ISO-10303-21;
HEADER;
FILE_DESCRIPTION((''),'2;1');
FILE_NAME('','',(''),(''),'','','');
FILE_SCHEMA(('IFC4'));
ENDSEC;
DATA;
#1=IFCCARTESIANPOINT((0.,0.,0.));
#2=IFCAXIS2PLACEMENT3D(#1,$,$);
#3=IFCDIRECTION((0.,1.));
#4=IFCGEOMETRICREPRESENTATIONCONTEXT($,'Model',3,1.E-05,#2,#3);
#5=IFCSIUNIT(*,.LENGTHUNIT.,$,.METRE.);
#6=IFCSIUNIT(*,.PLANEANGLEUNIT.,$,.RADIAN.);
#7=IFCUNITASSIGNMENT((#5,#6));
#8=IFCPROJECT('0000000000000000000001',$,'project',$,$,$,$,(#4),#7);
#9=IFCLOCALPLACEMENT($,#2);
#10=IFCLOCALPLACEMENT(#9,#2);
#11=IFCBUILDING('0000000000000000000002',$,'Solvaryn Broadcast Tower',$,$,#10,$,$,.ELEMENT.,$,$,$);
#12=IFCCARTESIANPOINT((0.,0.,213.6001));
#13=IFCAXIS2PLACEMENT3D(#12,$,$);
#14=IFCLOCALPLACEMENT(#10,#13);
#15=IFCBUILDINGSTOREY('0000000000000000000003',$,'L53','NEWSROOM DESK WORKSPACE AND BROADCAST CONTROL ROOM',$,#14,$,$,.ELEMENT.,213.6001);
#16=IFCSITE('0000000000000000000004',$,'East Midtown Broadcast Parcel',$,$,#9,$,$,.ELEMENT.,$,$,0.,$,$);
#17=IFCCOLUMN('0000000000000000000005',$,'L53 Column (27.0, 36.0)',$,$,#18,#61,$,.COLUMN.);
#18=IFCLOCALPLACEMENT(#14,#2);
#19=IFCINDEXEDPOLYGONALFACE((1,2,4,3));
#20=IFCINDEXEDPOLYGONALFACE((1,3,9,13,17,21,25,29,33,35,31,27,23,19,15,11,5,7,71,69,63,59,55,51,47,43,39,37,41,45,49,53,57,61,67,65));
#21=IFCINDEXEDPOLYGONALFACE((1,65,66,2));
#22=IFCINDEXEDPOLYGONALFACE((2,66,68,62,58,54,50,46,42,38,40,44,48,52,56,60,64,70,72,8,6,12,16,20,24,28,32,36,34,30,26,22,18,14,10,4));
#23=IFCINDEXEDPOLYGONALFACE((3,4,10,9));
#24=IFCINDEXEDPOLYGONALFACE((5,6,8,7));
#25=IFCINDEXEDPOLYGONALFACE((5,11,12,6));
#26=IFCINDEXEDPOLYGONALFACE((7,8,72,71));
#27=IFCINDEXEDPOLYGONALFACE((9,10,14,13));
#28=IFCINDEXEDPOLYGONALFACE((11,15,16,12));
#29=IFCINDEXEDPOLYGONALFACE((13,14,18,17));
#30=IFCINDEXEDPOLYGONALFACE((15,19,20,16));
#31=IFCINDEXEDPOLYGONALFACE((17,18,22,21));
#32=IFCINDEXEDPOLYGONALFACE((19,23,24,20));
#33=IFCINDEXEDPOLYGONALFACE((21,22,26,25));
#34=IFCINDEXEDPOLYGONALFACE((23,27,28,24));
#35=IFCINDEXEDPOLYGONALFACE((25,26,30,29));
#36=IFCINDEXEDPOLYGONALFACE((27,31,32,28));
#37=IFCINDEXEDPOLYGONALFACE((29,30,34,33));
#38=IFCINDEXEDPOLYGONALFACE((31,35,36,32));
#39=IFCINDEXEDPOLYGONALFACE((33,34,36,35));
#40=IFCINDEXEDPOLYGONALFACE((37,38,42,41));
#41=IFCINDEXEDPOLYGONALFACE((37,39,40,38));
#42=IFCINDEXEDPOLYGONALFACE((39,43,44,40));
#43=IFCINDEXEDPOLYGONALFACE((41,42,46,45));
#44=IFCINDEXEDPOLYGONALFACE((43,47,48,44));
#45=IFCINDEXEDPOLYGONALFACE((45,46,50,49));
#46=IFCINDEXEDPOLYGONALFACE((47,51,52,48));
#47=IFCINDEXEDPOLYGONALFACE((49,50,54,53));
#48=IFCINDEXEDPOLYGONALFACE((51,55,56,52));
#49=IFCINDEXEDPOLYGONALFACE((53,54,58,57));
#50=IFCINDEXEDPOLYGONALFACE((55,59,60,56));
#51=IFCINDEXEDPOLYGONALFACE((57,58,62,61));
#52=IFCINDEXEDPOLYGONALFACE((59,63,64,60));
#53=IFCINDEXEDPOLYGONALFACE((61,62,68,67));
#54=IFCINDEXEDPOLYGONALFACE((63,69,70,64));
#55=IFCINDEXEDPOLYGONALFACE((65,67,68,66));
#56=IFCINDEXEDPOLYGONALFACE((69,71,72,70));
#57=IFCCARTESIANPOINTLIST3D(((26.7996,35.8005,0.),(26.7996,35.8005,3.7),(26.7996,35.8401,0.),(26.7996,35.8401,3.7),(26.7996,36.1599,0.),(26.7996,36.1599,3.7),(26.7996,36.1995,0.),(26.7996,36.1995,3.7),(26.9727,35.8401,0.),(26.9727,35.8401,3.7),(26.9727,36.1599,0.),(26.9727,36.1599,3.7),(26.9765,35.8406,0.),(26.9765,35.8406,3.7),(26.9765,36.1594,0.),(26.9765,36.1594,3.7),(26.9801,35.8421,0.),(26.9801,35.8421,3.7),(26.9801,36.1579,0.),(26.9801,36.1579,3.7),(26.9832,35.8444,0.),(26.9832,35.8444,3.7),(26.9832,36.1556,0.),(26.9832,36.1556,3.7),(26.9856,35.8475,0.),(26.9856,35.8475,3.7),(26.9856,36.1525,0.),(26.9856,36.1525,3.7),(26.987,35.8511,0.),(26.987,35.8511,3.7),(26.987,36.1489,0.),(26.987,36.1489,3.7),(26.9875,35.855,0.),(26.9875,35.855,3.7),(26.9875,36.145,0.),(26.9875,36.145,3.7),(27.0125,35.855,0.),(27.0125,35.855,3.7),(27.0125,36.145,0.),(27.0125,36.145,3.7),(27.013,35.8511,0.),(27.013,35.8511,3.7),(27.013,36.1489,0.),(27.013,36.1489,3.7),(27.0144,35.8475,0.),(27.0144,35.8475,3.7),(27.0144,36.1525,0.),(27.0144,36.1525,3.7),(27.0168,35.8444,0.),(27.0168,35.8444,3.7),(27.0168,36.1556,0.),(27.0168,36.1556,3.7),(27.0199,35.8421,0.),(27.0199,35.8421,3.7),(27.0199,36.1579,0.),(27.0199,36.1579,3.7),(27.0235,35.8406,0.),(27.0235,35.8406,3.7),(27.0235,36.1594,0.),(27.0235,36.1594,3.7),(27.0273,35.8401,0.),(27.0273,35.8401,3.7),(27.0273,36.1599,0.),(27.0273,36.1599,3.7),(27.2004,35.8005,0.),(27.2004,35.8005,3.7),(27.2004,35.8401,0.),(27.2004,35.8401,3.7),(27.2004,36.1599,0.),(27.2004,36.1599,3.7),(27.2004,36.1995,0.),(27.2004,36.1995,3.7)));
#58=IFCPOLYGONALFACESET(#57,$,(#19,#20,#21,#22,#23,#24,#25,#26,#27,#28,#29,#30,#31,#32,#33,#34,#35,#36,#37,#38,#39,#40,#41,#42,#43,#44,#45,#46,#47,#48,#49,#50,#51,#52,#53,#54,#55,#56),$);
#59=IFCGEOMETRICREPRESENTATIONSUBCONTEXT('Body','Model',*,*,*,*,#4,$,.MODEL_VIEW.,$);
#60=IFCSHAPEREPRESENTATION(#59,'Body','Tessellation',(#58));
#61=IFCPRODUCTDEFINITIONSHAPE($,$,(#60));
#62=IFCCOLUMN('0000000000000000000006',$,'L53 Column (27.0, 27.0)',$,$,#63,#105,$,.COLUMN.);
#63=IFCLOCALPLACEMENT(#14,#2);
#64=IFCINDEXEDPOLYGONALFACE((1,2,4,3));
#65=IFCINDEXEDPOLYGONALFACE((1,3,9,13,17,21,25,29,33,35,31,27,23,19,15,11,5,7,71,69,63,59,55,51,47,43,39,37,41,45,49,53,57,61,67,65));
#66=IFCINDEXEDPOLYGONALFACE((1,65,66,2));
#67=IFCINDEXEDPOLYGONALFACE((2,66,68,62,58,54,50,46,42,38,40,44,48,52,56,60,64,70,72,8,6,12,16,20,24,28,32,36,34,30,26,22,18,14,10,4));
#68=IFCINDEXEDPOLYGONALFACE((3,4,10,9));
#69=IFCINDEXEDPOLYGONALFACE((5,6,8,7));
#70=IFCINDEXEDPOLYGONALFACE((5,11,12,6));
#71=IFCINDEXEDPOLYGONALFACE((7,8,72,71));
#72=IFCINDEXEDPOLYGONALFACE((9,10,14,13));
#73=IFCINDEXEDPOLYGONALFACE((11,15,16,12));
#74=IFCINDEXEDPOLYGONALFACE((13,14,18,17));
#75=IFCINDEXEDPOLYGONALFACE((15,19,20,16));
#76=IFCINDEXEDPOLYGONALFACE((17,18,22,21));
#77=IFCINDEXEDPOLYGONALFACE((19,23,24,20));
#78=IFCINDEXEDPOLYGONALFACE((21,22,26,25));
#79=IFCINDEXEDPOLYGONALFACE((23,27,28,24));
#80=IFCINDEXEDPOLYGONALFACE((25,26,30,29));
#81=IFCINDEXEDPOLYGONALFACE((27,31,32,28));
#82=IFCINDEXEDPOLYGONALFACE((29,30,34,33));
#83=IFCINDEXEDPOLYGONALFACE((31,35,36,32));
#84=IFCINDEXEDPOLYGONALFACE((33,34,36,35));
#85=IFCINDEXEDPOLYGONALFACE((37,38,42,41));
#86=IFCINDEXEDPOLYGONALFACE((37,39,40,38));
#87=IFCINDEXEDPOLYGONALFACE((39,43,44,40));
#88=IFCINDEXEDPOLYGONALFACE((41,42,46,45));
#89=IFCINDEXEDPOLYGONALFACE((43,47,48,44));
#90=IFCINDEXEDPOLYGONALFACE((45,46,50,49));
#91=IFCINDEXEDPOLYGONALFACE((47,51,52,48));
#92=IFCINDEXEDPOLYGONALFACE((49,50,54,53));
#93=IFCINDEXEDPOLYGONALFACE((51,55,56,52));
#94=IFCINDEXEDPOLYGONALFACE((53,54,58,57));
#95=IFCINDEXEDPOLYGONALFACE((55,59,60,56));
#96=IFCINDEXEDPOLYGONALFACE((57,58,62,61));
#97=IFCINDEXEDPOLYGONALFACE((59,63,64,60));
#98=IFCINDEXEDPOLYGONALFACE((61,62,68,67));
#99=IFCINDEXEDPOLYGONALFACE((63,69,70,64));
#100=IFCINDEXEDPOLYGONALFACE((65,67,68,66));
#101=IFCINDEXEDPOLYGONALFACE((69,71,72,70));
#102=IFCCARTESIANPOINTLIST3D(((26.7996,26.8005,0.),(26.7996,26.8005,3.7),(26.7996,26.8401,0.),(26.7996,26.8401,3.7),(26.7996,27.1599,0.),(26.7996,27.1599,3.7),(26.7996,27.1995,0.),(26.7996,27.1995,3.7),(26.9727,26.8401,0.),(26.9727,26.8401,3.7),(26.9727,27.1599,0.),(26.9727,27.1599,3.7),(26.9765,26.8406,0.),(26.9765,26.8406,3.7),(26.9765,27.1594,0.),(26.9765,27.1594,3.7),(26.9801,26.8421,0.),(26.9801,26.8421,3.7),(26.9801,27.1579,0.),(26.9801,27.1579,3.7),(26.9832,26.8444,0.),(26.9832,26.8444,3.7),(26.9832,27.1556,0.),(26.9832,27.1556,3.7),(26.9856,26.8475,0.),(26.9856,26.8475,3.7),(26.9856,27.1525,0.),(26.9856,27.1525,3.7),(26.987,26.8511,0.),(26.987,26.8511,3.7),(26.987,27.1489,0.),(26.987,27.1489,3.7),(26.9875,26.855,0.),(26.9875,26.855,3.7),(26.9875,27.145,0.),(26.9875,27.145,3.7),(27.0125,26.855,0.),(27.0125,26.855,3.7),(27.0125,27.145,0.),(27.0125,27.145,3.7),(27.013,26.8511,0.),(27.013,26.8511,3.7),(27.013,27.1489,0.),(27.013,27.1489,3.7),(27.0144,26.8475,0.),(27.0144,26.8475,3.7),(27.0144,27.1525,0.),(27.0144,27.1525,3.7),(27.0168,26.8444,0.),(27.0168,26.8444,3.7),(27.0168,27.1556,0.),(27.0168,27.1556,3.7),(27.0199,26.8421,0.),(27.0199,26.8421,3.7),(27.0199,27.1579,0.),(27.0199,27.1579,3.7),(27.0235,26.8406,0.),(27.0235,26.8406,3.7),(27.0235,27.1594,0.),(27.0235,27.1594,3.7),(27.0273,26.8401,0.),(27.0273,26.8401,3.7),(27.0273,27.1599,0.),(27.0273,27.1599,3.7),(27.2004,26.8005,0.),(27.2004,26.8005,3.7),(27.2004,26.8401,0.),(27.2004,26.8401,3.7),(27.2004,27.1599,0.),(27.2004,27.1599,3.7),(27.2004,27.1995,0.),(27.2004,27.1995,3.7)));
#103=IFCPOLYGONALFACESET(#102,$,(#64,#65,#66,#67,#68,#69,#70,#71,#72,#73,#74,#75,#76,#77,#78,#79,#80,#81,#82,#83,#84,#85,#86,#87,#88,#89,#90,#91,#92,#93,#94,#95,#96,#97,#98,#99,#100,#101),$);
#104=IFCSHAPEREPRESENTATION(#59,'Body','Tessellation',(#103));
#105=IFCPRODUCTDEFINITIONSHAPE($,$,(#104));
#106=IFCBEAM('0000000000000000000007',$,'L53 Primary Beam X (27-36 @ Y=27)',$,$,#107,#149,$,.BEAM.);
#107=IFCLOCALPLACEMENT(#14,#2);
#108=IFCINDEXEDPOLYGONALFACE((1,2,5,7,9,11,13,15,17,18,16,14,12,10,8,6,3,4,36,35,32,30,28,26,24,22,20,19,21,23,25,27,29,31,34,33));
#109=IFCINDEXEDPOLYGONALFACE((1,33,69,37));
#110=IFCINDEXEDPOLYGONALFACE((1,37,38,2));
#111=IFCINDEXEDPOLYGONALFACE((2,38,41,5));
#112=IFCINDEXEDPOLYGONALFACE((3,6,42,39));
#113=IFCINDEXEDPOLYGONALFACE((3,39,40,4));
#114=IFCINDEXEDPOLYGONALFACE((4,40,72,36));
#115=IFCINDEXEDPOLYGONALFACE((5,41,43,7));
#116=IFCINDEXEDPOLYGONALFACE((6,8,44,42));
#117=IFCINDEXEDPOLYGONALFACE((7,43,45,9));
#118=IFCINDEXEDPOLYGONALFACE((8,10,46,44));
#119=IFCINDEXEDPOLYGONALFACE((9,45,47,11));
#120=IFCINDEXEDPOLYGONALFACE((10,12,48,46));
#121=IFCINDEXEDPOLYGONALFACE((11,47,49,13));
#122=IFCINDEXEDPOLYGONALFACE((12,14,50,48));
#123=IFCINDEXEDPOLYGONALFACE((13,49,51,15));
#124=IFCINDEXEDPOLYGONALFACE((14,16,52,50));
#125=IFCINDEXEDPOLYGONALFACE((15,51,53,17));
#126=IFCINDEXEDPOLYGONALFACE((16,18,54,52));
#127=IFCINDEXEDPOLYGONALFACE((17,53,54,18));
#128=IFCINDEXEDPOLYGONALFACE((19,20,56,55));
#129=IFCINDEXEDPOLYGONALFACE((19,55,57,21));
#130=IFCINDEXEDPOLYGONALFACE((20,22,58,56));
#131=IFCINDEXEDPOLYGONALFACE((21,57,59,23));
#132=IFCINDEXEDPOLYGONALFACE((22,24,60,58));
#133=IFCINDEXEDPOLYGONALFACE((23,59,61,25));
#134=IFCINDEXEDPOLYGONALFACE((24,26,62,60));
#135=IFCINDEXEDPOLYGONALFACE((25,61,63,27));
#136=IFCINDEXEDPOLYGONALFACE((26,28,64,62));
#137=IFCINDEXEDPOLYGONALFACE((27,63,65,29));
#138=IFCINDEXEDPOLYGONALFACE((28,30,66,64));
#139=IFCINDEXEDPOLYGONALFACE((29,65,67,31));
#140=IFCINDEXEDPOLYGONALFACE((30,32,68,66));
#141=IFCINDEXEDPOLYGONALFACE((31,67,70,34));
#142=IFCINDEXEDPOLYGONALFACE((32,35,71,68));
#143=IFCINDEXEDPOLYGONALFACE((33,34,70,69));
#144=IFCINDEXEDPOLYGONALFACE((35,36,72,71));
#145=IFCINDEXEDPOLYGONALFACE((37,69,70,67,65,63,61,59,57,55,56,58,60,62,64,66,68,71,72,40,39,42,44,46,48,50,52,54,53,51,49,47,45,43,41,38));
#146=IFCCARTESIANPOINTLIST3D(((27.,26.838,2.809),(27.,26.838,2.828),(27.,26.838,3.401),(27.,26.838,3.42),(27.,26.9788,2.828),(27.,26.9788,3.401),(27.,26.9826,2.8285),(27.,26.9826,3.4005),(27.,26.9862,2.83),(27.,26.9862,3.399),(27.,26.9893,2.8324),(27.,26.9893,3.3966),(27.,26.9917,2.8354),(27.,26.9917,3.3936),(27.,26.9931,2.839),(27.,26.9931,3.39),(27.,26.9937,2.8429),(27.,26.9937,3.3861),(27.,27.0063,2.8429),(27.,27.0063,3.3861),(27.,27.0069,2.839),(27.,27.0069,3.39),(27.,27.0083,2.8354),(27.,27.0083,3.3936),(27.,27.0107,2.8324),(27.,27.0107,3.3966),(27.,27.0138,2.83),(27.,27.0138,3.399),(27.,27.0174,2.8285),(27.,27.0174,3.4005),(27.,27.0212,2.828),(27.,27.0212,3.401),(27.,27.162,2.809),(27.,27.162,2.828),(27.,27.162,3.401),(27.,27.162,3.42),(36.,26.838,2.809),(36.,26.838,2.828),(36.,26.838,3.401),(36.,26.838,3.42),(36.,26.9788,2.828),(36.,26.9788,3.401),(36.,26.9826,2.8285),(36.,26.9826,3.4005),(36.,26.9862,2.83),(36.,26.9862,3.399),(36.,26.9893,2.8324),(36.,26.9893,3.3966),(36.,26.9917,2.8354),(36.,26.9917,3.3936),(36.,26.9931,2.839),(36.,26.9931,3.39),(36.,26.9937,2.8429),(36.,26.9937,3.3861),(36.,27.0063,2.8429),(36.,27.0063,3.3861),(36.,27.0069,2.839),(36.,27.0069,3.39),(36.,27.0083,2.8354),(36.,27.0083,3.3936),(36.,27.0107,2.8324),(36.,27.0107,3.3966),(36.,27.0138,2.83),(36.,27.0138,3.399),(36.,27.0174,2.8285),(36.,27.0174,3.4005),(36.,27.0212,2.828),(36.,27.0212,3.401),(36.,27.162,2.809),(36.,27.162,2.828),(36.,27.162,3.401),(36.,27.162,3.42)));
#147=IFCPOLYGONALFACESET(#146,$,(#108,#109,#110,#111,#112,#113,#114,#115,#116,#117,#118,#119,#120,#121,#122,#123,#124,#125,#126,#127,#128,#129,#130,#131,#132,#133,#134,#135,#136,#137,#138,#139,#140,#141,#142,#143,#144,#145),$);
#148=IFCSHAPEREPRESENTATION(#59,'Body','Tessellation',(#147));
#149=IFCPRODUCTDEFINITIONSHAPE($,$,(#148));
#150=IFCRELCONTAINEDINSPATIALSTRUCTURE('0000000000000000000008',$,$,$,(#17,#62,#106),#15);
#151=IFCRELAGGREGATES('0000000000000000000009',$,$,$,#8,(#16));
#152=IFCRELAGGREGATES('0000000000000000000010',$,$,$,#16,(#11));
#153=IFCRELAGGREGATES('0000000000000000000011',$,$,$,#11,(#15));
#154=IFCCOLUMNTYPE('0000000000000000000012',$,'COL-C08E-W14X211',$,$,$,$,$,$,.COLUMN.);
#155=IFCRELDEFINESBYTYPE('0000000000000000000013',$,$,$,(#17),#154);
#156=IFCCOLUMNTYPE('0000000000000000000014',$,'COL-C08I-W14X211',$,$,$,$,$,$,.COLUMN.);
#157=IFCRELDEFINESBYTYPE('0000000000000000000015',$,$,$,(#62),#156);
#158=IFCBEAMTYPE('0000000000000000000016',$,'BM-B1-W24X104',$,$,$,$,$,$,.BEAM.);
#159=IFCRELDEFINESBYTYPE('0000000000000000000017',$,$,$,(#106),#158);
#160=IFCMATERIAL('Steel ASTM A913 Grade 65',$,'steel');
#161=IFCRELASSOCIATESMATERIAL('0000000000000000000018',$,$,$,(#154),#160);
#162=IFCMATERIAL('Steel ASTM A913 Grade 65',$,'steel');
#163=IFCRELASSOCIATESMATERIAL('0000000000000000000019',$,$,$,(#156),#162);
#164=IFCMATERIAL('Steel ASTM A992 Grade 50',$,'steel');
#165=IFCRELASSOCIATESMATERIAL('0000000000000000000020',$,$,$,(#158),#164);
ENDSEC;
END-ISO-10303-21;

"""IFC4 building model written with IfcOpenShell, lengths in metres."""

from ifc_helpers import new_model, si_unit, direction, frame, origin, origin_2d, place, context, subcontext, project, spatial, i_section, extrude, material, material_profile, profile_set, type_object, element, save


model = new_model("IFC4")

# Units and contexts
model_context = context("Model", 3, precision=1e-05, world=origin(), true_north=direction((0.0, 1.0)))
body_context = subcontext(model_context, "Body", "Model", "MODEL_VIEW")
ifc_project = project(units=[si_unit("LENGTHUNIT", "METRE"), si_unit("PLANEANGLEUNIT", "RADIAN")], contexts=[model_context])

# Site, building, storey
site_placement = place(None, origin())
site = spatial("IfcSite", under=ifc_project, at=site_placement, Name="East Midtown Broadcast Parcel", CompositionType="ELEMENT", RefElevation=0.0)
building_placement = place(site_placement, origin())
building = spatial("IfcBuilding", under=site, at=building_placement, Name="Solvaryn Broadcast Tower", CompositionType="ELEMENT")
storey_placement = place(building_placement, frame((0.0, 0.0, 213.6001)))
storey = spatial("IfcBuildingStorey", under=building, at=storey_placement, Name="L53", Description="NEWSROOM DESK WORKSPACE AND BROADCAST CONTROL ROOM", CompositionType="ELEMENT", Elevation=213.6001)

# Columns
ifc_material_1 = material(Name="Steel ASTM A913 Grade 65", Category="steel")
ifc_material_profile_1 = material_profile(ifc_material_1, i_section(OverallWidth=0.4009, OverallDepth=0.3989, WebThickness=0.0249, FlangeThickness=0.0396, FilletRadius=0.0149, at=origin_2d()))
ifc_profile_set_1 = profile_set([ifc_material_profile_1], Name="Steel ASTM A913 Grade 65")
column_type_1 = type_object("IfcColumnType", Name="COL-C08E-W14X211", PredefinedType="COLUMN", material=ifc_profile_set_1)
column_1_placement = place(storey_placement, frame((27.0, 36.0, 0.0), z_axis=(0.0, 0.0, 1.0), x_axis=(1.0, 0.0, 0.0)))
element("IfcColumn", 1, at=column_1_placement, inside=storey, type_object=column_type_1, Name="L53 Column (27.0, 36.0)", PredefinedType="COLUMN", context=body_context, shape_type="SweptSolid", body=[
    extrude(i_section(OverallWidth=0.4009, OverallDepth=0.3989, WebThickness=0.0249, FlangeThickness=0.0396, FilletRadius=0.0149, at=origin_2d()), origin(), (0.0, 0.0, 1.0), 3.7),
])
ifc_material_2 = material(Name="Steel ASTM A913 Grade 65", Category="steel")
ifc_material_profile_2 = material_profile(ifc_material_2, i_section(OverallWidth=0.4009, OverallDepth=0.3989, WebThickness=0.0249, FlangeThickness=0.0396, FilletRadius=0.0149, at=origin_2d()))
ifc_profile_set_2 = profile_set([ifc_material_profile_2], Name="Steel ASTM A913 Grade 65")
column_type_2 = type_object("IfcColumnType", Name="COL-C08I-W14X211", PredefinedType="COLUMN", material=ifc_profile_set_2)
column_2_placement = place(storey_placement, frame((27.0, 27.0, 0.0), z_axis=(0.0, 0.0, 1.0), x_axis=(1.0, 0.0, 0.0)))
element("IfcColumn", 2, at=column_2_placement, inside=storey, type_object=column_type_2, Name="L53 Column (27.0, 27.0)", PredefinedType="COLUMN", context=body_context, shape_type="SweptSolid", body=[
    extrude(i_section(OverallWidth=0.4009, OverallDepth=0.3989, WebThickness=0.0249, FlangeThickness=0.0396, FilletRadius=0.0149, at=origin_2d()), origin(), (0.0, 0.0, 1.0), 3.7),
])

# Beam
ifc_material_3 = material(Name="Steel ASTM A992 Grade 50", Category="steel")
ifc_material_profile_3 = material_profile(ifc_material_3, i_section(OverallWidth=0.324, OverallDepth=0.6111, WebThickness=0.0127, FlangeThickness=0.019, FilletRadius=0.0149, at=origin_2d()))
ifc_profile_set_3 = profile_set([ifc_material_profile_3], Name="Steel ASTM A992 Grade 50")
beam_type_1 = type_object("IfcBeamType", Name="BM-B1-W24X104", PredefinedType="BEAM", material=ifc_profile_set_3)
beam_1_placement = place(storey_placement, frame((27.0, 27.0, 3.1145), z_axis=(1.0, 0.0, 0.0), x_axis=(0.0, 1.0, 0.0)))
element("IfcBeam", 3, at=beam_1_placement, inside=storey, type_object=beam_type_1, Name="L53 Primary Beam X (27-36 @ Y=27)", PredefinedType="BEAM", context=body_context, shape_type="SweptSolid", body=[
    extrude(i_section(OverallWidth=0.324, OverallDepth=0.6111, WebThickness=0.0127, FlangeThickness=0.019, FilletRadius=0.0149, at=origin_2d()), origin(), (0.0, 0.0, 1.0), 9.0),
])

save(model, "model.ifc")
